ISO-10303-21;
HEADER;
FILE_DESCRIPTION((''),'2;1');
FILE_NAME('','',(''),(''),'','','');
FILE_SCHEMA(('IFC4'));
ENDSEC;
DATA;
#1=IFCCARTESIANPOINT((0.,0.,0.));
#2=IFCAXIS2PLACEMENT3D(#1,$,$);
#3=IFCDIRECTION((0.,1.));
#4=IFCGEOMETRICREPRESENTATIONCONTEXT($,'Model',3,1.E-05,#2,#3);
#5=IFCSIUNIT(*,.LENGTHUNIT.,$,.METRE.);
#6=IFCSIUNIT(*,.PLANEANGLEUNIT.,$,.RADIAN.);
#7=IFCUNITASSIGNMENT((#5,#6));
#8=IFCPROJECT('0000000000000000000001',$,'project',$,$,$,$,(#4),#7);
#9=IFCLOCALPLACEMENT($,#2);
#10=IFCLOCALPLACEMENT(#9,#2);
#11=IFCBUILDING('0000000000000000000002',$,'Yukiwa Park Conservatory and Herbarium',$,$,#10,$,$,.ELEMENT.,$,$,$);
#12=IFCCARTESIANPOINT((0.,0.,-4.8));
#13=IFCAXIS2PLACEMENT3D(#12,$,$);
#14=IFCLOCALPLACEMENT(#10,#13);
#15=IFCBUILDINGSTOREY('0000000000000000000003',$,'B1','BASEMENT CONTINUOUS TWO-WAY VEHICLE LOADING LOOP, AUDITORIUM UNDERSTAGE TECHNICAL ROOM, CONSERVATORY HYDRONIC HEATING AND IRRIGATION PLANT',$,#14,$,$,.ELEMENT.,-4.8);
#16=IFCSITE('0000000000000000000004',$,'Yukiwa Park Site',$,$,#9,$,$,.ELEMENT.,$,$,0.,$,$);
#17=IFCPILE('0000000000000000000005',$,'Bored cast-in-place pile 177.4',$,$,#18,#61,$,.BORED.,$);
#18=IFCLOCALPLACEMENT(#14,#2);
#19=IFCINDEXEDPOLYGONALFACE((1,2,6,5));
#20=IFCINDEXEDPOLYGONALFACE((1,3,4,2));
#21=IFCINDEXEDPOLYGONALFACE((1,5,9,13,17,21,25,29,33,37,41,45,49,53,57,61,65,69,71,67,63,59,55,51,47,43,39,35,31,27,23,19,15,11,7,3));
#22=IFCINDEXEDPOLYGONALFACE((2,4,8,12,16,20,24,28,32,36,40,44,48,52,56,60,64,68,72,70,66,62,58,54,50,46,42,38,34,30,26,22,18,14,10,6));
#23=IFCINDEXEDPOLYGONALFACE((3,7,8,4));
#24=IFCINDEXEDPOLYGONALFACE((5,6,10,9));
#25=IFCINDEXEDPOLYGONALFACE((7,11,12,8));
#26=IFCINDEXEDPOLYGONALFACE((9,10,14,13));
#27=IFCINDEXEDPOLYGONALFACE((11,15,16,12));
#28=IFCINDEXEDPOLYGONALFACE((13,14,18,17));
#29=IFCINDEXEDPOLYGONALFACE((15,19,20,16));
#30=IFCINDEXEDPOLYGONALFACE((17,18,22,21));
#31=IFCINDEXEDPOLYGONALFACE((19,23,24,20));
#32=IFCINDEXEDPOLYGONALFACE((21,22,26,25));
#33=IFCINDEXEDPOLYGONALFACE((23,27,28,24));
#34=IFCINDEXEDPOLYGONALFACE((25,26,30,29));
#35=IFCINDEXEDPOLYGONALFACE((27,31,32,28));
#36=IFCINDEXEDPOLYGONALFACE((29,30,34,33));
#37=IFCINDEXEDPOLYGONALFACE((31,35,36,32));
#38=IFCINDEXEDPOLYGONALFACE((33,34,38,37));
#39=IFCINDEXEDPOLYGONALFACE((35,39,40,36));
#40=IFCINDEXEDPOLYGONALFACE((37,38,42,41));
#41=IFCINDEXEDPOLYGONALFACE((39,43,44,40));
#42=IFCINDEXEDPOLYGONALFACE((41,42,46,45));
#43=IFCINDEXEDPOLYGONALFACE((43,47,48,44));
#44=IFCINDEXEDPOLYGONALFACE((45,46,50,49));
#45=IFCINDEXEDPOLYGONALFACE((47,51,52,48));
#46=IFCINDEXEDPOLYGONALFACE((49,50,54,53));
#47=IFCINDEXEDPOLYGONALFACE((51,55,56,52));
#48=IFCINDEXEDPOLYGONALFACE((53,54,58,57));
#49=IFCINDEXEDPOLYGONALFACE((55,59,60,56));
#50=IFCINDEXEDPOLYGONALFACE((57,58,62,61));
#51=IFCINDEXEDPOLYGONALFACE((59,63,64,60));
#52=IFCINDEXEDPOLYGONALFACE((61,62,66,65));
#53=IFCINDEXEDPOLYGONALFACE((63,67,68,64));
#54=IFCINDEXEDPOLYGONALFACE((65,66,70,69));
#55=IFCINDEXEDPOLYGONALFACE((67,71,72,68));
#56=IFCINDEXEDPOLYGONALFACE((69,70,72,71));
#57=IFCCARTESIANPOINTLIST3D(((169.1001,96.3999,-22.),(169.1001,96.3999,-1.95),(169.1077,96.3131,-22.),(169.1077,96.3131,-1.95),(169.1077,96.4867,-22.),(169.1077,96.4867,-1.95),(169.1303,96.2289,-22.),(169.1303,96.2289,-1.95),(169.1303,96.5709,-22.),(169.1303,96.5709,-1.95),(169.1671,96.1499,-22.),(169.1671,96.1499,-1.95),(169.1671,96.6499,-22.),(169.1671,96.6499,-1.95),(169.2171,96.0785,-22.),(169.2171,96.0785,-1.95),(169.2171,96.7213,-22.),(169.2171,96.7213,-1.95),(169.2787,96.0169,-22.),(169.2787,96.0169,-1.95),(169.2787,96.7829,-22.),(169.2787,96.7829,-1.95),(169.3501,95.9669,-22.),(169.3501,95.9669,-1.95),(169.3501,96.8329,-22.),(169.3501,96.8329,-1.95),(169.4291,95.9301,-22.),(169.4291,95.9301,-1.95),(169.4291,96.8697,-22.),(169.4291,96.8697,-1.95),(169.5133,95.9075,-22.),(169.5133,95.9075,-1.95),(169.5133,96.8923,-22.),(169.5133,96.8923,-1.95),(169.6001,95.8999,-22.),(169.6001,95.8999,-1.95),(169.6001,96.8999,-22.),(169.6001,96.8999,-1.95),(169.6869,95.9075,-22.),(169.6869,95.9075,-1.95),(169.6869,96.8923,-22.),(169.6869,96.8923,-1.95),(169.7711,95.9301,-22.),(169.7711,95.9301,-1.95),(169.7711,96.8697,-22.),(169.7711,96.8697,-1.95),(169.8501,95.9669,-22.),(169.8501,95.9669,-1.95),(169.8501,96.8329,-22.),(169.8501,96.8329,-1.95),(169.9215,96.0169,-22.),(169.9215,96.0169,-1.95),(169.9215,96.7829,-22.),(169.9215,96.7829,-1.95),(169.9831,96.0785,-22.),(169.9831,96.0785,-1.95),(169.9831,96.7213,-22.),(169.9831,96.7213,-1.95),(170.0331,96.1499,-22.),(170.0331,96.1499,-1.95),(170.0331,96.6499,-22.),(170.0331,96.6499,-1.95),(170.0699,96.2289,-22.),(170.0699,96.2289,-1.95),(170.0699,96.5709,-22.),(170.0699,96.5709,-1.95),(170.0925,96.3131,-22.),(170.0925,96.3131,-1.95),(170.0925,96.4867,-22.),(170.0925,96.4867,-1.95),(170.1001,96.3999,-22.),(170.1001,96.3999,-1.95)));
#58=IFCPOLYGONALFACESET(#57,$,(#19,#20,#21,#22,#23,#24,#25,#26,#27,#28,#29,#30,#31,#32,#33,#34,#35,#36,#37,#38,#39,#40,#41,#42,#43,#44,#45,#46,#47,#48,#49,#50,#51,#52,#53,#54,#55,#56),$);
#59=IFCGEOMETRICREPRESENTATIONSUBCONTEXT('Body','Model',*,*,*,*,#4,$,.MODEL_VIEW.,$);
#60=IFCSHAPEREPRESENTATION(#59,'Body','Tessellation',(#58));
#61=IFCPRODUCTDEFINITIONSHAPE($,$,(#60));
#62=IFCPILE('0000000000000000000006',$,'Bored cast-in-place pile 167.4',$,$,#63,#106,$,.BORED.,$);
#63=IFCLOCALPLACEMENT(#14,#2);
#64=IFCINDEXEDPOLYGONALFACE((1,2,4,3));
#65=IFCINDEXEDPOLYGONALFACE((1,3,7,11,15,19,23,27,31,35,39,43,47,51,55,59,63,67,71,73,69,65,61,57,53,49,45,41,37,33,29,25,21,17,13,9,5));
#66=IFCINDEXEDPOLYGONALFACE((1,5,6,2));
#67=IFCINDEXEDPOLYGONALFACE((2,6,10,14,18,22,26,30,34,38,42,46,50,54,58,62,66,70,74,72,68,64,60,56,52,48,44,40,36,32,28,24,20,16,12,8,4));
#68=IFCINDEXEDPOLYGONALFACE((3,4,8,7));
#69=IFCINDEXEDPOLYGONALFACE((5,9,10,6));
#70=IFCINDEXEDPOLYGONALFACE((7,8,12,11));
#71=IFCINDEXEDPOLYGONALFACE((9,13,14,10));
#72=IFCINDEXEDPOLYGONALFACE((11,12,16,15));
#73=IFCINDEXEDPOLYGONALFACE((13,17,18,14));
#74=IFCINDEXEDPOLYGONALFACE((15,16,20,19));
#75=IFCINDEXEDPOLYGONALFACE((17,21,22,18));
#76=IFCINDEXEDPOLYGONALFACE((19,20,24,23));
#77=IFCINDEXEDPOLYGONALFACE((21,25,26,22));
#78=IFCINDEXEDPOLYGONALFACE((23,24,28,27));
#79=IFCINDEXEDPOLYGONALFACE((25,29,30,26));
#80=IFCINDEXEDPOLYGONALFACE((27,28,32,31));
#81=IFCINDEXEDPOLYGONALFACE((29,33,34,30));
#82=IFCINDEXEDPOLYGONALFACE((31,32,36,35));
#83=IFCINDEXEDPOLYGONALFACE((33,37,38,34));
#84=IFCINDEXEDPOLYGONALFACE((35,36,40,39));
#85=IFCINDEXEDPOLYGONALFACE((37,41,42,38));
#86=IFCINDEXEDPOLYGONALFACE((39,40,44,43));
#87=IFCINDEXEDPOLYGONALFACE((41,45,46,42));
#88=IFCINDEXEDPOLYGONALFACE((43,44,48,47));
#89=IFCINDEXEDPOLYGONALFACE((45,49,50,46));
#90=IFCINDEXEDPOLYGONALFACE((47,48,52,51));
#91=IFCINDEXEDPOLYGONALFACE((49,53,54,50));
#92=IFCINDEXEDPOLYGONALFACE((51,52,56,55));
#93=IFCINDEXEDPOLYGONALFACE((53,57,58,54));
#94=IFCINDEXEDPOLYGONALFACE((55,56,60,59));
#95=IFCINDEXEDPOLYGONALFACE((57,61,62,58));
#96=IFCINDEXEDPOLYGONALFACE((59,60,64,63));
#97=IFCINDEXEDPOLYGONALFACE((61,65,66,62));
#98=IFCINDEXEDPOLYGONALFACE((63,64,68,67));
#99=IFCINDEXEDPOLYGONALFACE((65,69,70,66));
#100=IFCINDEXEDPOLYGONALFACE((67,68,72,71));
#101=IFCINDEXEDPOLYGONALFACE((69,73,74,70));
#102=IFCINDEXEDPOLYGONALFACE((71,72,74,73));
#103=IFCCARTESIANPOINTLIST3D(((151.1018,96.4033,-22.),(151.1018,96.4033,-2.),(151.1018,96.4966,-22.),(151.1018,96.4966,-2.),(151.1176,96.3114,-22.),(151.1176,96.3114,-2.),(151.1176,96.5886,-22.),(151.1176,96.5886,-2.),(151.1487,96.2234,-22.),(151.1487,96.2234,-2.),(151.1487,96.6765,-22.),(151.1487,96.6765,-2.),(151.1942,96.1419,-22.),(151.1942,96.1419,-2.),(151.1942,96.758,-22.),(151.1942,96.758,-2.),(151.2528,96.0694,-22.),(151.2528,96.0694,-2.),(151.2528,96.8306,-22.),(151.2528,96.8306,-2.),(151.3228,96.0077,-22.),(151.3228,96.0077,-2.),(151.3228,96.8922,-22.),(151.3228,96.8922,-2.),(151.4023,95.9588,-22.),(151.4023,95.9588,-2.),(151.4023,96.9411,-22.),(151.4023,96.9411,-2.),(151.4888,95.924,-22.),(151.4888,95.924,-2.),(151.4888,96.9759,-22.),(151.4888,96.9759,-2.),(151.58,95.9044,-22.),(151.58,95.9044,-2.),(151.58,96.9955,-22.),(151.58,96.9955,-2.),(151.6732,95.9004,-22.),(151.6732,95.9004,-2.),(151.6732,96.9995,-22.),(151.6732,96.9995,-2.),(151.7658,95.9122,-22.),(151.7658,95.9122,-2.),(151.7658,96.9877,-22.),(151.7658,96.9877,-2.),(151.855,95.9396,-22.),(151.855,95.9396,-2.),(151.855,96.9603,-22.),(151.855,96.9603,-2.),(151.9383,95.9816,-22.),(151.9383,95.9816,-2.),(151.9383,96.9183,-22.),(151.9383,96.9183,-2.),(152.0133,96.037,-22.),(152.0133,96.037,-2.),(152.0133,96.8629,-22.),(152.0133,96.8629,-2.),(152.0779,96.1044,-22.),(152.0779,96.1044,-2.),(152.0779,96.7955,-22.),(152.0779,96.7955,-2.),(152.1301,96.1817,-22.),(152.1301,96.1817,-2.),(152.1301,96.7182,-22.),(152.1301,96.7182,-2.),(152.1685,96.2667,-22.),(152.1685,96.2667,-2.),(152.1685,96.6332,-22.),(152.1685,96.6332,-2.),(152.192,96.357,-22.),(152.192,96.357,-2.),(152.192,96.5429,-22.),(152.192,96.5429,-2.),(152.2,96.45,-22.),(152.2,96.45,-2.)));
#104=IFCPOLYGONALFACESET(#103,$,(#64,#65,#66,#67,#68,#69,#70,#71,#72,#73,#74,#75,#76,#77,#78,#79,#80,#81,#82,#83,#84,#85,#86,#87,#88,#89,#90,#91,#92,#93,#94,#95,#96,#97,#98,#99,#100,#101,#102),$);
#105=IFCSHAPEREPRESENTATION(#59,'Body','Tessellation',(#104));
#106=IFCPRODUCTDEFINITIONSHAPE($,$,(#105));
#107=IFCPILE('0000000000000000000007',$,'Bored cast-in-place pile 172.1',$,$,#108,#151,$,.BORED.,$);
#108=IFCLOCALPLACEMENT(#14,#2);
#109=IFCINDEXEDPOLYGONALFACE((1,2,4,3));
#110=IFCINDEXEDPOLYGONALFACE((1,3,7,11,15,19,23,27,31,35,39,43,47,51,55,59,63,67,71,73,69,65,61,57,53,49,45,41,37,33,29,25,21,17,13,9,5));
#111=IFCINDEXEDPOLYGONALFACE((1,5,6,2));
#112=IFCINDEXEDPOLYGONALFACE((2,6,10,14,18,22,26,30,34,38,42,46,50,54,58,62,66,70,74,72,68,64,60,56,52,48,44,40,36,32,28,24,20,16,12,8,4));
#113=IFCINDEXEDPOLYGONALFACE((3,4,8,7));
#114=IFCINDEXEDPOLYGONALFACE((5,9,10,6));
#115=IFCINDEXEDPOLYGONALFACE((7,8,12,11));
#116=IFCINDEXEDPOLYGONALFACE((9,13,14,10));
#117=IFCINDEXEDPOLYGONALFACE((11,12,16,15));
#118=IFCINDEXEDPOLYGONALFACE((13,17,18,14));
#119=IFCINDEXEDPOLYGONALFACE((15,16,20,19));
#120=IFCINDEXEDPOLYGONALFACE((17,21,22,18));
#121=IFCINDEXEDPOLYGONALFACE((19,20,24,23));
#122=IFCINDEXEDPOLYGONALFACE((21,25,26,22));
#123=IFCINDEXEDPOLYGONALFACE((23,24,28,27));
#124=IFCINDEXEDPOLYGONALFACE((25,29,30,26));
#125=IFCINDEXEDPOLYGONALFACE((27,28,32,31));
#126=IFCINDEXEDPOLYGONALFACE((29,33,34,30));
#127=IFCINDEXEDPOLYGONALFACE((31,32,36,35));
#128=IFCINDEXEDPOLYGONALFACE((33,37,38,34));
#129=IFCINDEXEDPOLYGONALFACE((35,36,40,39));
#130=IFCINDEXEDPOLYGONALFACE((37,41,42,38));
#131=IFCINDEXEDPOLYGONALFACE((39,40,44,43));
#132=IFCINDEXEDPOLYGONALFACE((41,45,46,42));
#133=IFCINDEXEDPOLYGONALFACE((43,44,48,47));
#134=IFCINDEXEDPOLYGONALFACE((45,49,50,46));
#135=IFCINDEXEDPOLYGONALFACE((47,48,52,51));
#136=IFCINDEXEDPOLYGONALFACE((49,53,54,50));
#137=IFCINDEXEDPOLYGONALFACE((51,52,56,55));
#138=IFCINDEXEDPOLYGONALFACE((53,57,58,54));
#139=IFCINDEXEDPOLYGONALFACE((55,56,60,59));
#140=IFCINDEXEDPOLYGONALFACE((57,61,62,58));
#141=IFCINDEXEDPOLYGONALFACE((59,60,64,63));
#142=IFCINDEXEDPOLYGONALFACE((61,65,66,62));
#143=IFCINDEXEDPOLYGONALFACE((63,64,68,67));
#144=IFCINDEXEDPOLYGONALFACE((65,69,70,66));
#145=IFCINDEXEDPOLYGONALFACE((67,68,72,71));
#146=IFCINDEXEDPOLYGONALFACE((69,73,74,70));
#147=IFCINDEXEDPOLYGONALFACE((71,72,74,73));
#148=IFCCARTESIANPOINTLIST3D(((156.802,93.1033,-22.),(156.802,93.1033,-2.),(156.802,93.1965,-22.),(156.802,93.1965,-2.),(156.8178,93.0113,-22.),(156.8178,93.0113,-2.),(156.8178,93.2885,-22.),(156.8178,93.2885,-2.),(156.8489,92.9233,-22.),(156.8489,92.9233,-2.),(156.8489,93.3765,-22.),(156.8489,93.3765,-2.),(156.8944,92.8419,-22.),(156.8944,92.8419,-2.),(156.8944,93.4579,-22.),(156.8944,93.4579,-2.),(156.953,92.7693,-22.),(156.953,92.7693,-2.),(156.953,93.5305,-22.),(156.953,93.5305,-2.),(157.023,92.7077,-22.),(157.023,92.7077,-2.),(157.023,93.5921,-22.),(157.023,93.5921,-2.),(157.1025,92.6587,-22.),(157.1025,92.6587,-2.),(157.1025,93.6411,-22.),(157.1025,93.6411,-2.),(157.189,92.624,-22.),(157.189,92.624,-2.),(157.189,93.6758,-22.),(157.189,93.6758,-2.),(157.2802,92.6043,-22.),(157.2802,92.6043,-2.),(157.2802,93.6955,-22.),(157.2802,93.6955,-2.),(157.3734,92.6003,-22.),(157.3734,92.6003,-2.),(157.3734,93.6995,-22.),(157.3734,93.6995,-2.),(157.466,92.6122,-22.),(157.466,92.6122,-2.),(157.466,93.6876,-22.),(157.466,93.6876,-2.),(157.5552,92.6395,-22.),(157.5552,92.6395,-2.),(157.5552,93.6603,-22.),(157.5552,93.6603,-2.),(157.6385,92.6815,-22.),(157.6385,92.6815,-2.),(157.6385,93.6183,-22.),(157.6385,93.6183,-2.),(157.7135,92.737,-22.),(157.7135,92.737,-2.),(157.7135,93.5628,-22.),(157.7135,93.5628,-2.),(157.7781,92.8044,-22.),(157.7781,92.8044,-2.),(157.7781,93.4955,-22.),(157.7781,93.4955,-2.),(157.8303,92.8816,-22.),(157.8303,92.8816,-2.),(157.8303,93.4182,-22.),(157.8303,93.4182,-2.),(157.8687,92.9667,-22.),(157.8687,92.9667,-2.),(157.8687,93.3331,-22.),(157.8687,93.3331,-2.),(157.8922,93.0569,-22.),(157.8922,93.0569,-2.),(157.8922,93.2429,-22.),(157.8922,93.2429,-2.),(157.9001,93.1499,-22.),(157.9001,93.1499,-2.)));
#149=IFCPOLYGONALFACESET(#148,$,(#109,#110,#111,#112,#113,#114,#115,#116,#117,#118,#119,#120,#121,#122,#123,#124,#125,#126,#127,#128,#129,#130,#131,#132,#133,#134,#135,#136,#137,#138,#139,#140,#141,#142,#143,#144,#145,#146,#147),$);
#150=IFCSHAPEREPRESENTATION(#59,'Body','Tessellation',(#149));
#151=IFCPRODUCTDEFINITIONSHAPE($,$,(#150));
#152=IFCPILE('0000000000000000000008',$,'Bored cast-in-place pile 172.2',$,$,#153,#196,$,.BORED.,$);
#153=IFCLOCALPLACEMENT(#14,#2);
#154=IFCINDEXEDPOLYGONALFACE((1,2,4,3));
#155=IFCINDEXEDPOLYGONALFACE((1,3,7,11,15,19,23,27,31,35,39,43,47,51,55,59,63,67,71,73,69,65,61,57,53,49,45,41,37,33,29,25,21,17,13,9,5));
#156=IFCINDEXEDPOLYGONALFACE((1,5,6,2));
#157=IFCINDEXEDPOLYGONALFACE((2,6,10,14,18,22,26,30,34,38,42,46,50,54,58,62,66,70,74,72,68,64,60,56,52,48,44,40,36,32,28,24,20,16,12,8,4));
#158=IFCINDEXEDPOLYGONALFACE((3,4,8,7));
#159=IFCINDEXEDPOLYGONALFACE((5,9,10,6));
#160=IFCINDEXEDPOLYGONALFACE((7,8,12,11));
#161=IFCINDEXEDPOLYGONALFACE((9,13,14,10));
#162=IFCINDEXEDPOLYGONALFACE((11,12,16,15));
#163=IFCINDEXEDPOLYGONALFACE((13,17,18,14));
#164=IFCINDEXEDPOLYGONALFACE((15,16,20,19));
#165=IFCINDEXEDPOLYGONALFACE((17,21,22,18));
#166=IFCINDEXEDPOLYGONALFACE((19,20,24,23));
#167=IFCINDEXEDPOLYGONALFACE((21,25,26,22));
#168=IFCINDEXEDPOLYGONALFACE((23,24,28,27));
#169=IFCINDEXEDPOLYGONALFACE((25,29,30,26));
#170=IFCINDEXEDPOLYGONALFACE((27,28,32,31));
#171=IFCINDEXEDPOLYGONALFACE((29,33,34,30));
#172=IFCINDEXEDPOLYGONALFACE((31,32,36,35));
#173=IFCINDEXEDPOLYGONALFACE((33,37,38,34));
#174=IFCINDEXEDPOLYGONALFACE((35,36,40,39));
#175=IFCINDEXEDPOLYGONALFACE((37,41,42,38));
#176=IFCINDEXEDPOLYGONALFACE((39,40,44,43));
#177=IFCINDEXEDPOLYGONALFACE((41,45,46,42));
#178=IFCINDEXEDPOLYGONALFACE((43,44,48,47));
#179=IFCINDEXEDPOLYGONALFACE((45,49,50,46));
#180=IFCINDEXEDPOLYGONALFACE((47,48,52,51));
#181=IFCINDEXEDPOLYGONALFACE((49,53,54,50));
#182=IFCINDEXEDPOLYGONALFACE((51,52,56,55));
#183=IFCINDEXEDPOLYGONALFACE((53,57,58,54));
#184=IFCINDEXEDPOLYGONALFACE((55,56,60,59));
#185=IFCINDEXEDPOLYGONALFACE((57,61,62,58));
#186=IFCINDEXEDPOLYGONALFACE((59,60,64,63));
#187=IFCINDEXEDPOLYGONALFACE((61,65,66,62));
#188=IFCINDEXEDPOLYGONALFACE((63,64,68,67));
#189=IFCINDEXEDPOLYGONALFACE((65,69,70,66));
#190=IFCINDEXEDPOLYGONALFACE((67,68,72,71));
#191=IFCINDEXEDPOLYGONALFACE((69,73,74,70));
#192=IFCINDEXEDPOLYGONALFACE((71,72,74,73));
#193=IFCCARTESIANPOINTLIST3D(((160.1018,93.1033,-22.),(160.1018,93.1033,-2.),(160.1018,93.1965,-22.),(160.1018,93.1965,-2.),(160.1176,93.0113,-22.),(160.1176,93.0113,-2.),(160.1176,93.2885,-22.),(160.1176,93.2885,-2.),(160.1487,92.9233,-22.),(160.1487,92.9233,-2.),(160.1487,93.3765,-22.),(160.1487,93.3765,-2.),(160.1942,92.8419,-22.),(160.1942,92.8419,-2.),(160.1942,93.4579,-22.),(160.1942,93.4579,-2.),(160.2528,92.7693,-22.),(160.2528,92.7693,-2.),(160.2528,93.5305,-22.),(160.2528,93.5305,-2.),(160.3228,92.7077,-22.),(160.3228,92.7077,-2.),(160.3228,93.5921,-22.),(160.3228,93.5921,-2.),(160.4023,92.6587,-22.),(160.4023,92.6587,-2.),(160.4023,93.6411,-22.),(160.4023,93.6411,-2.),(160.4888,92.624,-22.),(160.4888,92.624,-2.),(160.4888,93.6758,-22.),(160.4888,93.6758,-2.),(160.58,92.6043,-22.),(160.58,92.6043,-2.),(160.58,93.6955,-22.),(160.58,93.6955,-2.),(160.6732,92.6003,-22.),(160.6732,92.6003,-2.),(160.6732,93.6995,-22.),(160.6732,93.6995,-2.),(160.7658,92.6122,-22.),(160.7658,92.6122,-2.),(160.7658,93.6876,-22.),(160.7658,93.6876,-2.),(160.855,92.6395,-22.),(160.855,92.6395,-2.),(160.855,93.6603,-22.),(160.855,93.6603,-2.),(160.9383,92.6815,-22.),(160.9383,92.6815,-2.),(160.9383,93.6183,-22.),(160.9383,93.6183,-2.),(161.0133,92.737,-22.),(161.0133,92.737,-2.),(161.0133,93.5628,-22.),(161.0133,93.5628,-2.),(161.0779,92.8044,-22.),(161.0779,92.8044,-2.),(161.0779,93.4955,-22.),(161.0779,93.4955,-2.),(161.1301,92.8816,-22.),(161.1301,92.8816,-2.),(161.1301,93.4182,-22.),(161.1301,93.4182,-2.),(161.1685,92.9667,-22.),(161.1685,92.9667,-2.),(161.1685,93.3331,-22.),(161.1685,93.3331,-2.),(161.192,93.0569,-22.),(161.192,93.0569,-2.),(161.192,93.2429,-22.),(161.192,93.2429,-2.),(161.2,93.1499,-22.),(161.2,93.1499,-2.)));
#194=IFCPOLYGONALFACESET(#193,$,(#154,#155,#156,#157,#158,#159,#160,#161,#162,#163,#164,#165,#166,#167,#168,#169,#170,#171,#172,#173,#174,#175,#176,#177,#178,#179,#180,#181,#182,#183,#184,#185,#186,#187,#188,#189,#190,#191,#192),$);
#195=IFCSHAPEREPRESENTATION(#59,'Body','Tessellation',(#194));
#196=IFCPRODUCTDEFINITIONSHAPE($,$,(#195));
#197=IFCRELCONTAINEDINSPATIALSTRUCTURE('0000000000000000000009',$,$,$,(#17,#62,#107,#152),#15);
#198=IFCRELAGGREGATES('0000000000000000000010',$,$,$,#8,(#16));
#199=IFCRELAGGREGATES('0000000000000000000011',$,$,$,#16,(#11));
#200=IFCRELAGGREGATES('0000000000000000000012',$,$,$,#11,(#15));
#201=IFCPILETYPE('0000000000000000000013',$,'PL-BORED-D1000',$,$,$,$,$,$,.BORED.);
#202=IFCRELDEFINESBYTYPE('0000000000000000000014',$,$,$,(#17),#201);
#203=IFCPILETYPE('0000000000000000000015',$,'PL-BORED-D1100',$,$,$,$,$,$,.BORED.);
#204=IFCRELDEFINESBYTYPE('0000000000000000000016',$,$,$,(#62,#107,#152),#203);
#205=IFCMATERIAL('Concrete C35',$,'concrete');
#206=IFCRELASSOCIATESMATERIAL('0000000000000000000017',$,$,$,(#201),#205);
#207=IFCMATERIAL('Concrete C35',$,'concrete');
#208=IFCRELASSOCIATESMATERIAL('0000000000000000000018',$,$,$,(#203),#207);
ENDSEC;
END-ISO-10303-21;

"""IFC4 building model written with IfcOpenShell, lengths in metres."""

from ifc_helpers import new_model, si_unit, direction, frame, origin, origin_2d, place, context, subcontext, project, spatial, circle, extrude, material, material_profile, profile_set, type_object, element, save


model = new_model("IFC4")

# Units and contexts
model_context = context("Model", 3, precision=1e-05, world=origin(), true_north=direction((0.0, 1.0)))
body_context = subcontext(model_context, "Body", "Model", "MODEL_VIEW")
ifc_project = project(units=[si_unit("LENGTHUNIT", "METRE"), si_unit("PLANEANGLEUNIT", "RADIAN")], contexts=[model_context])

# Site, building, storey
site_placement = place(None, origin())
site = spatial("IfcSite", under=ifc_project, at=site_placement, Name="Yukiwa Park Site", CompositionType="ELEMENT", RefElevation=0.0)
building_placement = place(site_placement, origin())
building = spatial("IfcBuilding", under=site, at=building_placement, Name="Yukiwa Park Conservatory and Herbarium", CompositionType="ELEMENT")
storey_placement = place(building_placement, frame((0.0, 0.0, -4.8)))
storey = spatial("IfcBuildingStorey", under=building, at=storey_placement, Name="B1", Description="BASEMENT CONTINUOUS TWO-WAY VEHICLE LOADING LOOP, AUDITORIUM UNDERSTAGE TECHNICAL ROOM, CONSERVATORY HYDRONIC HEATING AND IRRIGATION PLANT", CompositionType="ELEMENT", Elevation=-4.8)

# Piles
ifc_material_1 = material(Name="Concrete C35", Category="concrete")
ifc_material_profile_1 = material_profile(ifc_material_1, circle(Radius=0.5, at=origin_2d()), Name="PILE D1000")
ifc_profile_set_1 = profile_set([ifc_material_profile_1], Name="Concrete C35")
pile_type_1 = type_object("IfcPileType", Name="PL-BORED-D1000", PredefinedType="BORED", material=ifc_profile_set_1)
for number, where, z_axis, x_axis, name in (
    (1, (169.6001, 96.3999, -1.95), (0.0, 0.0, -1.0), (1.0, 0.0, 0.0), "Bored cast-in-place pile 177.4"),
):
    element("IfcPile", number, at=place(storey_placement, frame(where, z_axis=z_axis, x_axis=x_axis)), inside=storey, type_object=pile_type_1, Name=name, PredefinedType="BORED", context=body_context, shape_type="SweptSolid", body=[
        extrude(circle(Radius=0.5, at=origin_2d()), origin(), (0.0, 0.0, 1.0), 20.05),
    ])
ifc_material_2 = material(Name="Concrete C35", Category="concrete")
ifc_material_profile_2 = material_profile(ifc_material_2, circle(Radius=0.55, at=origin_2d()), Name="PILE D1100")
ifc_profile_set_2 = profile_set([ifc_material_profile_2], Name="Concrete C35")
pile_type_2 = type_object("IfcPileType", Name="PL-BORED-D1100", PredefinedType="BORED", material=ifc_profile_set_2)
for number, where, z_axis, x_axis, name in (
    (2, (151.6499, 96.45, -2.0), (0.0, 0.0, -1.0), (1.0, 0.0, 0.0), "Bored cast-in-place pile 167.4"),
    (3, (157.3501, 93.1499, -2.0), (0.0, 0.0, -1.0), (1.0, 0.0, 0.0), "Bored cast-in-place pile 172.1"),
    (4, (160.6499, 93.1499, -2.0), (0.0, 0.0, -1.0), (1.0, 0.0, 0.0), "Bored cast-in-place pile 172.2"),
):
    element("IfcPile", number, at=place(storey_placement, frame(where, z_axis=z_axis, x_axis=x_axis)), inside=storey, type_object=pile_type_2, Name=name, PredefinedType="BORED", context=body_context, shape_type="SweptSolid", body=[
        extrude(circle(Radius=0.55, at=origin_2d()), origin(), (0.0, 0.0, 1.0), 20.0),
    ])

save(model, "model.ifc")
